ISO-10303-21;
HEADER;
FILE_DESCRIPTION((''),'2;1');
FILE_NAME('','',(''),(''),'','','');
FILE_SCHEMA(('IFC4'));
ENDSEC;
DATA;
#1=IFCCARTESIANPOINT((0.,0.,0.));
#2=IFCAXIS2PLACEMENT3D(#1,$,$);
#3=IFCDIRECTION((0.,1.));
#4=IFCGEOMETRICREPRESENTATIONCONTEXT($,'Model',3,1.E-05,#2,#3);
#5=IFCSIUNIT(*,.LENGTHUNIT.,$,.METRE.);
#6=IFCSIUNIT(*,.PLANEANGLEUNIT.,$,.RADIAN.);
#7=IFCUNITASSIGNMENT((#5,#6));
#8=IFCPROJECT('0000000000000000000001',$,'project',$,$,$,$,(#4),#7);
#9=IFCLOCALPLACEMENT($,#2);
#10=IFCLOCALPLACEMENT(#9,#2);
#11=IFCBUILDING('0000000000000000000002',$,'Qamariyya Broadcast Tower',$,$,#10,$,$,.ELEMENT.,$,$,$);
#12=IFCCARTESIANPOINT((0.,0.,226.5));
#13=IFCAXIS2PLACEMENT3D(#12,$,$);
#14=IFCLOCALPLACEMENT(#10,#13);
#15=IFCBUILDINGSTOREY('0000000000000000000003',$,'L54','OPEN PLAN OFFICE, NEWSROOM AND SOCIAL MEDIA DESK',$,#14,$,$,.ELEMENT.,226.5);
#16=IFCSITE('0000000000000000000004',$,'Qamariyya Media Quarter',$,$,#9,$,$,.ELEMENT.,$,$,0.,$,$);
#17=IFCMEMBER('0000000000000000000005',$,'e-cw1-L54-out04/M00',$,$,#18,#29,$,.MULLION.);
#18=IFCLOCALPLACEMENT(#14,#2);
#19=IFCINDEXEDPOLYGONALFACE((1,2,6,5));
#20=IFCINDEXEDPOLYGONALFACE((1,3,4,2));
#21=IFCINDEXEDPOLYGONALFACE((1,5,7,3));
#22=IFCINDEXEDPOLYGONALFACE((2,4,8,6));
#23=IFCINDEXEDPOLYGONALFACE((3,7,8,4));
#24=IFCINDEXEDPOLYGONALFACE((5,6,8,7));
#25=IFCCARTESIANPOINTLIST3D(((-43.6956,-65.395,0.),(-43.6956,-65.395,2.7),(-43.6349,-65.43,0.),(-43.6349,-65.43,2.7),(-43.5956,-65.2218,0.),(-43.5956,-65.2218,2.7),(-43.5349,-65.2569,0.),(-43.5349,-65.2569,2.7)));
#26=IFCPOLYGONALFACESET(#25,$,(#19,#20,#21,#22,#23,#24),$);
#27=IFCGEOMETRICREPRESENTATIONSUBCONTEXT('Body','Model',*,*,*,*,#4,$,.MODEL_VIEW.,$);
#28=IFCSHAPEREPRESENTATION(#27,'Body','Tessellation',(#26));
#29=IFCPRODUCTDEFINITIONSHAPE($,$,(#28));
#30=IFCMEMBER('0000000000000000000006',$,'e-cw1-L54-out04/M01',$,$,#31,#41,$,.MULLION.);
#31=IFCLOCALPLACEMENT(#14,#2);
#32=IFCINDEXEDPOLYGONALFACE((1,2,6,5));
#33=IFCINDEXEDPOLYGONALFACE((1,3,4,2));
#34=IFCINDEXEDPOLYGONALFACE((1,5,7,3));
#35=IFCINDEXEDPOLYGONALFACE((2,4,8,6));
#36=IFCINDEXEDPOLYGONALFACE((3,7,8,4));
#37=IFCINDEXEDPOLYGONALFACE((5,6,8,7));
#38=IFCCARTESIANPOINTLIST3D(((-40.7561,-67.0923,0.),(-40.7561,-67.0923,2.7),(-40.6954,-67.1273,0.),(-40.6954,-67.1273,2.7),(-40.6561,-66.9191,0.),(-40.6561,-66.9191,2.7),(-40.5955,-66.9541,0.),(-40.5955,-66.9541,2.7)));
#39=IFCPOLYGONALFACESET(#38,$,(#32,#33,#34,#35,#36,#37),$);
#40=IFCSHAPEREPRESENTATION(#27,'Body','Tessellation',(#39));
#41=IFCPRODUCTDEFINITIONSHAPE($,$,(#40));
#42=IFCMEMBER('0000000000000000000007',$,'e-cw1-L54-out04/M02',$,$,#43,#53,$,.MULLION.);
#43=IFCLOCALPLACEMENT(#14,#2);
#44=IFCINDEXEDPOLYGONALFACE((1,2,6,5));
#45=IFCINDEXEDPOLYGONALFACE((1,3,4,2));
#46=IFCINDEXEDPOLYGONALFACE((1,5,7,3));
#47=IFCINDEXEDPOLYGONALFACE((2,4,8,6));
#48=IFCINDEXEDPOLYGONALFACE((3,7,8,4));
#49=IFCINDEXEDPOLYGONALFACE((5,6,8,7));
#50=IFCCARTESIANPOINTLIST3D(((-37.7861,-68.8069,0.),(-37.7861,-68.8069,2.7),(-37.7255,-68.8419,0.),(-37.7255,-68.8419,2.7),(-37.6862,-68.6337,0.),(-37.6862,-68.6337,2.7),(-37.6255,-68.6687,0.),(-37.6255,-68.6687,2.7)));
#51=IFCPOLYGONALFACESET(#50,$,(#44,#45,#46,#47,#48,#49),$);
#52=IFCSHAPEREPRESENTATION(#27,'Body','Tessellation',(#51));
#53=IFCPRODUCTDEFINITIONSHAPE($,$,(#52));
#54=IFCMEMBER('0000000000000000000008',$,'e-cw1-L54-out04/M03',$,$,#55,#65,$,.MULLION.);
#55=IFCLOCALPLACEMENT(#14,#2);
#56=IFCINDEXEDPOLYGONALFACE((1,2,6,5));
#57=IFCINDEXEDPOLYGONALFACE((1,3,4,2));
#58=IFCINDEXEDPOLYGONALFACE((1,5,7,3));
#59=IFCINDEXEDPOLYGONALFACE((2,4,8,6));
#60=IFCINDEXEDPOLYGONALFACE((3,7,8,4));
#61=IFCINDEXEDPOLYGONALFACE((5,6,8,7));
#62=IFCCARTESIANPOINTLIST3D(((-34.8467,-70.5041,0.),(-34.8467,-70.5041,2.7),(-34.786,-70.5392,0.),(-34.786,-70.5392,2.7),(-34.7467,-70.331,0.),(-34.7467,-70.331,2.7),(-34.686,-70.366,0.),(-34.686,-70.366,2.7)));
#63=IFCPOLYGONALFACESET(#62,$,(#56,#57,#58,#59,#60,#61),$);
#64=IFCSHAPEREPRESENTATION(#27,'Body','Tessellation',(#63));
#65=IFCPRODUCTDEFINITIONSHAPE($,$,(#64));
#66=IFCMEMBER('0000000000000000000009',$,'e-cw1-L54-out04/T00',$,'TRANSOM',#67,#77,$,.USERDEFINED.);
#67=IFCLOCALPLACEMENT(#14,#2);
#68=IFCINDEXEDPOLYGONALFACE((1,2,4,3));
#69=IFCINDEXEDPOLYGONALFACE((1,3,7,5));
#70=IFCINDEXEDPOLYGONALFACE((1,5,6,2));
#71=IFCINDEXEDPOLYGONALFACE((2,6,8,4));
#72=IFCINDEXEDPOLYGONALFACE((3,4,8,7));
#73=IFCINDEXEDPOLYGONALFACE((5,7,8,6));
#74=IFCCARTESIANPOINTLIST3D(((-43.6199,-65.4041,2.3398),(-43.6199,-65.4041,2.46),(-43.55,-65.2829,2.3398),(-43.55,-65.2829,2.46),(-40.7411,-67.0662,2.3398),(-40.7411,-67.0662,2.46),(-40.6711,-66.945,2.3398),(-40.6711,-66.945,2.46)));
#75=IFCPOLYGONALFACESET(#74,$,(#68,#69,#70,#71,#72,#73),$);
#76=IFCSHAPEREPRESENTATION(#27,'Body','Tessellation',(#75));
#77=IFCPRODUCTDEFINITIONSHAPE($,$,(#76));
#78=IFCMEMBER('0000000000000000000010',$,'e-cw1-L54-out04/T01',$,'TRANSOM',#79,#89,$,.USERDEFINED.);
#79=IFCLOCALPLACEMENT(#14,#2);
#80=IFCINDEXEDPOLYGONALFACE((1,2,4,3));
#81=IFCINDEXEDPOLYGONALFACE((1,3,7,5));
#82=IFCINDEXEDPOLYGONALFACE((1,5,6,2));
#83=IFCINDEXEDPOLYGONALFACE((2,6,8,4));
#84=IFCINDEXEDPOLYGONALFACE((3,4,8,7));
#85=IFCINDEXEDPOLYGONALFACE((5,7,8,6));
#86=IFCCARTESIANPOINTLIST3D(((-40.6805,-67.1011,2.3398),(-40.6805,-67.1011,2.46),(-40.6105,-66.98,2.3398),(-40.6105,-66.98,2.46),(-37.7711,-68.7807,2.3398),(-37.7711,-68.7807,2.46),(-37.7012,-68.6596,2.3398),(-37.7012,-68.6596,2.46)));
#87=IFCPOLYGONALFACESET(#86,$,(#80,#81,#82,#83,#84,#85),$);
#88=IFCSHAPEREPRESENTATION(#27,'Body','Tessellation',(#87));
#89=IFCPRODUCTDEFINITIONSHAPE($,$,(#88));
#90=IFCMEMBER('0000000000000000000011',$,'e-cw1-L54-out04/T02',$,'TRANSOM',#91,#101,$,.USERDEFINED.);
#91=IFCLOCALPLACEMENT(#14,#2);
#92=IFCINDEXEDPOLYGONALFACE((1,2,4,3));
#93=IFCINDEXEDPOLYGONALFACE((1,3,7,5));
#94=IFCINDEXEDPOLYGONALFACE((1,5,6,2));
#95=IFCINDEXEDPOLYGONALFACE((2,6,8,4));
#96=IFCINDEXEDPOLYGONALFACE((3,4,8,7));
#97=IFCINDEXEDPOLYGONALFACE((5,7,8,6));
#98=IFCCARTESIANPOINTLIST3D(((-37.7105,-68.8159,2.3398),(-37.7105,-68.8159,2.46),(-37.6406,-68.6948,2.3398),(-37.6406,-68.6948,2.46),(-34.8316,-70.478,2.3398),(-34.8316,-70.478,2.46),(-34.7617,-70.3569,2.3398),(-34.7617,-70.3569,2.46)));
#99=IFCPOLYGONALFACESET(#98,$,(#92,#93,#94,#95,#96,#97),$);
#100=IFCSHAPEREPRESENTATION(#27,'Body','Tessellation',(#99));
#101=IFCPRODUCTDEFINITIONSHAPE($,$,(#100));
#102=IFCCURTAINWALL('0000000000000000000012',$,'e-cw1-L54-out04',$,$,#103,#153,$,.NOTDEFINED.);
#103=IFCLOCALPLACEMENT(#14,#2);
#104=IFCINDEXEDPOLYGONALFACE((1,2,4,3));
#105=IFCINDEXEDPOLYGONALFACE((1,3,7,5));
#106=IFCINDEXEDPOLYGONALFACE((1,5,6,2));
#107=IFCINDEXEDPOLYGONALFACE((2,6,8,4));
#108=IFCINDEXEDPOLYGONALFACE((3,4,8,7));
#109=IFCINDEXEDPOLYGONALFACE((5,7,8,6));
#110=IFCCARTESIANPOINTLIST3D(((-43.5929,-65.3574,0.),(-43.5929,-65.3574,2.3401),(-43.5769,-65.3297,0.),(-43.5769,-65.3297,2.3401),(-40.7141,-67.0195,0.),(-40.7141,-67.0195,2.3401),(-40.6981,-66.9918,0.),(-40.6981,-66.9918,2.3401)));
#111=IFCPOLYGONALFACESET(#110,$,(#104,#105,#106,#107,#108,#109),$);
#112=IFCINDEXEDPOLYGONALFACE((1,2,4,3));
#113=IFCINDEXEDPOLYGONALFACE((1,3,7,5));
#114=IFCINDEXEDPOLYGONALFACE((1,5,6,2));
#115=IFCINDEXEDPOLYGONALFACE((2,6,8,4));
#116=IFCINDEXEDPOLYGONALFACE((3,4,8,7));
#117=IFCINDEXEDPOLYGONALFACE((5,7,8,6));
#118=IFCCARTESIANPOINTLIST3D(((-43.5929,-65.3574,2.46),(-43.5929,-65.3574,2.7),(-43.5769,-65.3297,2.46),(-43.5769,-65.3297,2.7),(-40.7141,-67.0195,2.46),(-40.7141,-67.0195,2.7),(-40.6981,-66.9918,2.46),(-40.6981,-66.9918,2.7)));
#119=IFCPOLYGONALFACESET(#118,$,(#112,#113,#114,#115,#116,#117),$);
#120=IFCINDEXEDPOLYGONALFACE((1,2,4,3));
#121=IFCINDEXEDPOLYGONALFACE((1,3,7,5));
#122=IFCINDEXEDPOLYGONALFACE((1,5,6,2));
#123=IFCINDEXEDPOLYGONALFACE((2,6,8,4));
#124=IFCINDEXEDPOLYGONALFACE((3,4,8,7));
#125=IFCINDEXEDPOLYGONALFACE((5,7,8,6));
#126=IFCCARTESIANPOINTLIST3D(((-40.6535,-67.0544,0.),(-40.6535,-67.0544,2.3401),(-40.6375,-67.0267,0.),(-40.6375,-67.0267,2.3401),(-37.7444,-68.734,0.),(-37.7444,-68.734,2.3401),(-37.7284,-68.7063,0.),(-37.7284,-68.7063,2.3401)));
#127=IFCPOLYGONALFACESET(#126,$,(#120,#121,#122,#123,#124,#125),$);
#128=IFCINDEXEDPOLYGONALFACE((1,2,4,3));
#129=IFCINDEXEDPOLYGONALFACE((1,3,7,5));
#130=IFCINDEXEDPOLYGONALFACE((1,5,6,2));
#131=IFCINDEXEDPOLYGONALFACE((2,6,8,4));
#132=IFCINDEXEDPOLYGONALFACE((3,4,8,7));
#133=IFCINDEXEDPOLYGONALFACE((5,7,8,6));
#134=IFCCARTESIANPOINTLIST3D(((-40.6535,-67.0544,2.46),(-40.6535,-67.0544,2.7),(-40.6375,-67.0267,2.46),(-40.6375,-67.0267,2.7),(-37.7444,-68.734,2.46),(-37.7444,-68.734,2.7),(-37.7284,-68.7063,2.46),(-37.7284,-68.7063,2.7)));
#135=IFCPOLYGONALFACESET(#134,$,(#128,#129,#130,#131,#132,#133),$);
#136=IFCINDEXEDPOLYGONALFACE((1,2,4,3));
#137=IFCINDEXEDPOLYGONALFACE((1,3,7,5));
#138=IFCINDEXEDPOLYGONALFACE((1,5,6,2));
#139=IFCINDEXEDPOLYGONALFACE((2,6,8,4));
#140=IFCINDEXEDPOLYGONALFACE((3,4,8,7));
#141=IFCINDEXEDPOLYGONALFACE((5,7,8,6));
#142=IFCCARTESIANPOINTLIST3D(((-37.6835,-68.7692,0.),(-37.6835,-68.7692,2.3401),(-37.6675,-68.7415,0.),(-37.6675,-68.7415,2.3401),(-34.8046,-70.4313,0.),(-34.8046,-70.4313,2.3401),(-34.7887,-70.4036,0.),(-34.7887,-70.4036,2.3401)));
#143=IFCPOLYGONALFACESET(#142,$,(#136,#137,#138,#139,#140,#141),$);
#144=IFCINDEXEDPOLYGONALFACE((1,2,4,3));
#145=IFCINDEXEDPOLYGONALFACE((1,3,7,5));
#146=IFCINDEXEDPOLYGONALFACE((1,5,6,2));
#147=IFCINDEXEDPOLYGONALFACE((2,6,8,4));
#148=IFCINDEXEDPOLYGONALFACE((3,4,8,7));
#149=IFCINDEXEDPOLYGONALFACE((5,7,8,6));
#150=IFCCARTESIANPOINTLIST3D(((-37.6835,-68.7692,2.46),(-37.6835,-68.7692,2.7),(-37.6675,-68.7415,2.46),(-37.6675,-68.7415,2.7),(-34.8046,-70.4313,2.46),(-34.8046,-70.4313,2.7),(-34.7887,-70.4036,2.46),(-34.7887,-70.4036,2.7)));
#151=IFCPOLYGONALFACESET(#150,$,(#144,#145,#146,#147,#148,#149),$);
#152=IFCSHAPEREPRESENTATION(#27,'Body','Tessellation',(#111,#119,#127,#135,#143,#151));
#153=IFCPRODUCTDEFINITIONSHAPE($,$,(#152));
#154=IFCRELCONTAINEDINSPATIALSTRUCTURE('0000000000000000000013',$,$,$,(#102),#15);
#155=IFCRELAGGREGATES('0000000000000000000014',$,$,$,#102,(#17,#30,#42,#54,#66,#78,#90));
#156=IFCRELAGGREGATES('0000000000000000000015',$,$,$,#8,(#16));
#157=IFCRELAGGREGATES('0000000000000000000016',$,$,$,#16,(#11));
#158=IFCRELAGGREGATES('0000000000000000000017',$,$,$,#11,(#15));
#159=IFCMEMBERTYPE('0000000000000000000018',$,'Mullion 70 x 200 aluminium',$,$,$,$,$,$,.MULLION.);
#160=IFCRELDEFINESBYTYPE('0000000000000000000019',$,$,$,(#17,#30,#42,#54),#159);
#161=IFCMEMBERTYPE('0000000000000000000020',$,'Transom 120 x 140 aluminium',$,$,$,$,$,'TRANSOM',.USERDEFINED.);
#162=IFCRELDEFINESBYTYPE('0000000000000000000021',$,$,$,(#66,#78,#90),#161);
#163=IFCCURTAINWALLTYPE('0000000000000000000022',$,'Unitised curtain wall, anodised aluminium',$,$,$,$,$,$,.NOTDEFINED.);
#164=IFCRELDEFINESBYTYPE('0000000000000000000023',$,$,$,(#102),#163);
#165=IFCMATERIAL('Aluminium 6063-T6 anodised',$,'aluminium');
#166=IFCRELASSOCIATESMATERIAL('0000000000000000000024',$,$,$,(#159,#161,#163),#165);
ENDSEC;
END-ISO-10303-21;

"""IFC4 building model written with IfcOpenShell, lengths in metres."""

from ifc_helpers import new_model, si_unit, direction, frame, origin, origin_2d, place, context, subcontext, project, spatial, rectangle, extrude, material, material_profile, profile_set, type_object, element, aggregate, save


model = new_model("IFC4")

# Units and contexts
model_context = context("Model", 3, precision=1e-05, world=origin(), true_north=direction((0.0, 1.0)))
body_context = subcontext(model_context, "Body", "Model", "MODEL_VIEW")
ifc_project = project(units=[si_unit("LENGTHUNIT", "METRE"), si_unit("PLANEANGLEUNIT", "RADIAN")], contexts=[model_context])

# Members
ifc_material = material(Name="Aluminium 6063-T6 anodised", Category="aluminium")
ifc_material_profile_1 = material_profile(ifc_material, rectangle(XDim=0.2, YDim=0.0701, at=origin_2d()))
ifc_profile_set_1 = profile_set([ifc_material_profile_1], Name="Aluminium 6063-T6 anodised")
member_type_1 = type_object("IfcMemberType", Name="Mullion 70 x 200 aluminium", PredefinedType="MULLION", material=ifc_profile_set_1)
site_placement = place(None, origin())
building_placement = place(site_placement, origin())
storey_placement = place(building_placement, frame((0.0, 0.0, 226.5)))
member_1_placement = place(storey_placement, frame((-43.6152, -65.3259, 0.0), z_axis=(0.0, 0.0, 1.0), x_axis=(0.5, 0.866025, 0.0)))
member_1 = element("IfcMember", 1, at=member_1_placement, type_object=member_type_1, Name="e-cw1-L54-out04/M00", PredefinedType="MULLION", context=body_context, shape_type="SweptSolid", body=[
    extrude(rectangle(XDim=0.2, YDim=0.0701, at=origin_2d()), origin(), (0.0, 0.0, 1.0), 2.7),
])
member_2_placement = place(storey_placement, frame((-40.6758, -67.0232, 0.0), z_axis=(0.0, 0.0, 1.0), x_axis=(0.5, 0.866025, 0.0)))
member_2 = element("IfcMember", 2, at=member_2_placement, type_object=member_type_1, Name="e-cw1-L54-out04/M01", PredefinedType="MULLION", context=body_context, shape_type="SweptSolid", body=[
    extrude(rectangle(XDim=0.2, YDim=0.0701, at=origin_2d()), origin(), (0.0, 0.0, 1.0), 2.7),
])
member_3_placement = place(storey_placement, frame((-37.7058, -68.7378, 0.0), z_axis=(0.0, 0.0, 1.0), x_axis=(0.5, 0.866025, 0.0)))
member_3 = element("IfcMember", 3, at=member_3_placement, type_object=member_type_1, Name="e-cw1-L54-out04/M02", PredefinedType="MULLION", context=body_context, shape_type="SweptSolid", body=[
    extrude(rectangle(XDim=0.2, YDim=0.0701, at=origin_2d()), origin(), (0.0, 0.0, 1.0), 2.7),
])
member_4_placement = place(storey_placement, frame((-34.7664, -70.4351, 0.0), z_axis=(0.0, 0.0, 1.0), x_axis=(0.5, 0.866025, 0.0)))
member_4 = element("IfcMember", 4, at=member_4_placement, type_object=member_type_1, Name="e-cw1-L54-out04/M03", PredefinedType="MULLION", context=body_context, shape_type="SweptSolid", body=[
    extrude(rectangle(XDim=0.2, YDim=0.0701, at=origin_2d()), origin(), (0.0, 0.0, 1.0), 2.7),
])
ifc_material_profile_2 = material_profile(ifc_material, rectangle(XDim=0.1399, YDim=0.1201, at=origin_2d()))
ifc_profile_set_2 = profile_set([ifc_material_profile_2], Name="Aluminium 6063-T6 anodised")
member_type_2 = type_object("IfcMemberType", Name="Transom 120 x 140 aluminium", ElementType="TRANSOM", PredefinedType="USERDEFINED", material=ifc_profile_set_2)
member_5_placement = place(storey_placement, frame((-43.585, -65.3435, 2.3999), z_axis=(0.866029, -0.499994, 0.0), x_axis=(0.499994, 0.866029, 0.0)))
member_5 = element("IfcMember", 5, at=member_5_placement, type_object=member_type_2, Name="e-cw1-L54-out04/T00", ObjectType="TRANSOM", PredefinedType="USERDEFINED", context=body_context, shape_type="SweptSolid", body=[
    extrude(rectangle(XDim=0.1399, YDim=0.1201, at=origin_2d()), origin(), (0.0, 0.0, 1.0), 3.3242),
])
member_6_placement = place(storey_placement, frame((-40.6455, -67.0405, 2.3999), z_axis=(0.866034, -0.499985, 0.0), x_axis=(0.499985, 0.866034, 0.0)))
member_6 = element("IfcMember", 6, at=member_6_placement, type_object=member_type_2, Name="e-cw1-L54-out04/T01", ObjectType="TRANSOM", PredefinedType="USERDEFINED", context=body_context, shape_type="SweptSolid", body=[
    extrude(rectangle(XDim=0.1399, YDim=0.1201, at=origin_2d()), origin(), (0.0, 0.0, 1.0), 3.3594),
])
member_7_placement = place(storey_placement, frame((-37.6755, -68.7554, 2.3999), z_axis=(0.866029, -0.499994, 0.0), x_axis=(0.499994, 0.866029, 0.0)))
member_7 = element("IfcMember", 7, at=member_7_placement, type_object=member_type_2, Name="e-cw1-L54-out04/T02", ObjectType="TRANSOM", PredefinedType="USERDEFINED", context=body_context, shape_type="SweptSolid", body=[
    extrude(rectangle(XDim=0.1399, YDim=0.1201, at=origin_2d()), origin(), (0.0, 0.0, 1.0), 3.3242),
])

# Site, building, storey
site = spatial("IfcSite", under=ifc_project, at=site_placement, Name="Qamariyya Media Quarter", CompositionType="ELEMENT", RefElevation=0.0)
building = spatial("IfcBuilding", under=site, at=building_placement, Name="Qamariyya Broadcast Tower", CompositionType="ELEMENT")
storey = spatial("IfcBuildingStorey", under=building, at=storey_placement, Name="L54", Description="OPEN PLAN OFFICE, NEWSROOM AND SOCIAL MEDIA DESK", CompositionType="ELEMENT", Elevation=226.5)

# Curtain wall
curtain_wall_type = type_object("IfcCurtainWallType", Name="Unitised curtain wall, anodised aluminium", PredefinedType="NOTDEFINED", material=ifc_material)
curtain_wall_1_placement = place(storey_placement, origin())
curtain_wall_1 = element("IfcCurtainWall", 8, at=curtain_wall_1_placement, inside=storey, type_object=curtain_wall_type, Name="e-cw1-L54-out04", PredefinedType="NOTDEFINED", context=body_context, shape_type="SweptSolid", body=[
    extrude(rectangle(XDim=3.3242, YDim=0.032, at=origin_2d()), frame((-42.1455, -66.1746, 0.0), x_axis=(0.866028, -0.499996, 0.0)), (0.0, 0.0, 1.0), 2.3401),
    extrude(rectangle(XDim=3.3242, YDim=0.032, at=origin_2d()), frame((-42.1455, -66.1746, 2.46), x_axis=(0.866028, -0.499996, 0.0)), (0.0, 0.0, 1.0), 0.24),
    extrude(rectangle(XDim=3.3591, YDim=0.032, at=origin_2d()), frame((-39.1909, -67.8804, 0.0), x_axis=(0.866028, -0.499996, 0.0)), (0.0, 0.0, 1.0), 2.3401),
    extrude(rectangle(XDim=3.3591, YDim=0.032, at=origin_2d()), frame((-39.1909, -67.8804, 2.46), x_axis=(0.866028, -0.499996, 0.0)), (0.0, 0.0, 1.0), 0.24),
    extrude(rectangle(XDim=3.3242, YDim=0.032, at=origin_2d()), frame((-36.2361, -69.5864, 0.0), x_axis=(0.866028, -0.499996, 0.0)), (0.0, 0.0, 1.0), 2.3401),
    extrude(rectangle(XDim=3.3242, YDim=0.032, at=origin_2d()), frame((-36.2361, -69.5864, 2.46), x_axis=(0.866028, -0.499996, 0.0)), (0.0, 0.0, 1.0), 0.24),
])
aggregate(curtain_wall_1, [member_1, member_2, member_3, member_4, member_5, member_6, member_7])

save(model, "model.ifc")
